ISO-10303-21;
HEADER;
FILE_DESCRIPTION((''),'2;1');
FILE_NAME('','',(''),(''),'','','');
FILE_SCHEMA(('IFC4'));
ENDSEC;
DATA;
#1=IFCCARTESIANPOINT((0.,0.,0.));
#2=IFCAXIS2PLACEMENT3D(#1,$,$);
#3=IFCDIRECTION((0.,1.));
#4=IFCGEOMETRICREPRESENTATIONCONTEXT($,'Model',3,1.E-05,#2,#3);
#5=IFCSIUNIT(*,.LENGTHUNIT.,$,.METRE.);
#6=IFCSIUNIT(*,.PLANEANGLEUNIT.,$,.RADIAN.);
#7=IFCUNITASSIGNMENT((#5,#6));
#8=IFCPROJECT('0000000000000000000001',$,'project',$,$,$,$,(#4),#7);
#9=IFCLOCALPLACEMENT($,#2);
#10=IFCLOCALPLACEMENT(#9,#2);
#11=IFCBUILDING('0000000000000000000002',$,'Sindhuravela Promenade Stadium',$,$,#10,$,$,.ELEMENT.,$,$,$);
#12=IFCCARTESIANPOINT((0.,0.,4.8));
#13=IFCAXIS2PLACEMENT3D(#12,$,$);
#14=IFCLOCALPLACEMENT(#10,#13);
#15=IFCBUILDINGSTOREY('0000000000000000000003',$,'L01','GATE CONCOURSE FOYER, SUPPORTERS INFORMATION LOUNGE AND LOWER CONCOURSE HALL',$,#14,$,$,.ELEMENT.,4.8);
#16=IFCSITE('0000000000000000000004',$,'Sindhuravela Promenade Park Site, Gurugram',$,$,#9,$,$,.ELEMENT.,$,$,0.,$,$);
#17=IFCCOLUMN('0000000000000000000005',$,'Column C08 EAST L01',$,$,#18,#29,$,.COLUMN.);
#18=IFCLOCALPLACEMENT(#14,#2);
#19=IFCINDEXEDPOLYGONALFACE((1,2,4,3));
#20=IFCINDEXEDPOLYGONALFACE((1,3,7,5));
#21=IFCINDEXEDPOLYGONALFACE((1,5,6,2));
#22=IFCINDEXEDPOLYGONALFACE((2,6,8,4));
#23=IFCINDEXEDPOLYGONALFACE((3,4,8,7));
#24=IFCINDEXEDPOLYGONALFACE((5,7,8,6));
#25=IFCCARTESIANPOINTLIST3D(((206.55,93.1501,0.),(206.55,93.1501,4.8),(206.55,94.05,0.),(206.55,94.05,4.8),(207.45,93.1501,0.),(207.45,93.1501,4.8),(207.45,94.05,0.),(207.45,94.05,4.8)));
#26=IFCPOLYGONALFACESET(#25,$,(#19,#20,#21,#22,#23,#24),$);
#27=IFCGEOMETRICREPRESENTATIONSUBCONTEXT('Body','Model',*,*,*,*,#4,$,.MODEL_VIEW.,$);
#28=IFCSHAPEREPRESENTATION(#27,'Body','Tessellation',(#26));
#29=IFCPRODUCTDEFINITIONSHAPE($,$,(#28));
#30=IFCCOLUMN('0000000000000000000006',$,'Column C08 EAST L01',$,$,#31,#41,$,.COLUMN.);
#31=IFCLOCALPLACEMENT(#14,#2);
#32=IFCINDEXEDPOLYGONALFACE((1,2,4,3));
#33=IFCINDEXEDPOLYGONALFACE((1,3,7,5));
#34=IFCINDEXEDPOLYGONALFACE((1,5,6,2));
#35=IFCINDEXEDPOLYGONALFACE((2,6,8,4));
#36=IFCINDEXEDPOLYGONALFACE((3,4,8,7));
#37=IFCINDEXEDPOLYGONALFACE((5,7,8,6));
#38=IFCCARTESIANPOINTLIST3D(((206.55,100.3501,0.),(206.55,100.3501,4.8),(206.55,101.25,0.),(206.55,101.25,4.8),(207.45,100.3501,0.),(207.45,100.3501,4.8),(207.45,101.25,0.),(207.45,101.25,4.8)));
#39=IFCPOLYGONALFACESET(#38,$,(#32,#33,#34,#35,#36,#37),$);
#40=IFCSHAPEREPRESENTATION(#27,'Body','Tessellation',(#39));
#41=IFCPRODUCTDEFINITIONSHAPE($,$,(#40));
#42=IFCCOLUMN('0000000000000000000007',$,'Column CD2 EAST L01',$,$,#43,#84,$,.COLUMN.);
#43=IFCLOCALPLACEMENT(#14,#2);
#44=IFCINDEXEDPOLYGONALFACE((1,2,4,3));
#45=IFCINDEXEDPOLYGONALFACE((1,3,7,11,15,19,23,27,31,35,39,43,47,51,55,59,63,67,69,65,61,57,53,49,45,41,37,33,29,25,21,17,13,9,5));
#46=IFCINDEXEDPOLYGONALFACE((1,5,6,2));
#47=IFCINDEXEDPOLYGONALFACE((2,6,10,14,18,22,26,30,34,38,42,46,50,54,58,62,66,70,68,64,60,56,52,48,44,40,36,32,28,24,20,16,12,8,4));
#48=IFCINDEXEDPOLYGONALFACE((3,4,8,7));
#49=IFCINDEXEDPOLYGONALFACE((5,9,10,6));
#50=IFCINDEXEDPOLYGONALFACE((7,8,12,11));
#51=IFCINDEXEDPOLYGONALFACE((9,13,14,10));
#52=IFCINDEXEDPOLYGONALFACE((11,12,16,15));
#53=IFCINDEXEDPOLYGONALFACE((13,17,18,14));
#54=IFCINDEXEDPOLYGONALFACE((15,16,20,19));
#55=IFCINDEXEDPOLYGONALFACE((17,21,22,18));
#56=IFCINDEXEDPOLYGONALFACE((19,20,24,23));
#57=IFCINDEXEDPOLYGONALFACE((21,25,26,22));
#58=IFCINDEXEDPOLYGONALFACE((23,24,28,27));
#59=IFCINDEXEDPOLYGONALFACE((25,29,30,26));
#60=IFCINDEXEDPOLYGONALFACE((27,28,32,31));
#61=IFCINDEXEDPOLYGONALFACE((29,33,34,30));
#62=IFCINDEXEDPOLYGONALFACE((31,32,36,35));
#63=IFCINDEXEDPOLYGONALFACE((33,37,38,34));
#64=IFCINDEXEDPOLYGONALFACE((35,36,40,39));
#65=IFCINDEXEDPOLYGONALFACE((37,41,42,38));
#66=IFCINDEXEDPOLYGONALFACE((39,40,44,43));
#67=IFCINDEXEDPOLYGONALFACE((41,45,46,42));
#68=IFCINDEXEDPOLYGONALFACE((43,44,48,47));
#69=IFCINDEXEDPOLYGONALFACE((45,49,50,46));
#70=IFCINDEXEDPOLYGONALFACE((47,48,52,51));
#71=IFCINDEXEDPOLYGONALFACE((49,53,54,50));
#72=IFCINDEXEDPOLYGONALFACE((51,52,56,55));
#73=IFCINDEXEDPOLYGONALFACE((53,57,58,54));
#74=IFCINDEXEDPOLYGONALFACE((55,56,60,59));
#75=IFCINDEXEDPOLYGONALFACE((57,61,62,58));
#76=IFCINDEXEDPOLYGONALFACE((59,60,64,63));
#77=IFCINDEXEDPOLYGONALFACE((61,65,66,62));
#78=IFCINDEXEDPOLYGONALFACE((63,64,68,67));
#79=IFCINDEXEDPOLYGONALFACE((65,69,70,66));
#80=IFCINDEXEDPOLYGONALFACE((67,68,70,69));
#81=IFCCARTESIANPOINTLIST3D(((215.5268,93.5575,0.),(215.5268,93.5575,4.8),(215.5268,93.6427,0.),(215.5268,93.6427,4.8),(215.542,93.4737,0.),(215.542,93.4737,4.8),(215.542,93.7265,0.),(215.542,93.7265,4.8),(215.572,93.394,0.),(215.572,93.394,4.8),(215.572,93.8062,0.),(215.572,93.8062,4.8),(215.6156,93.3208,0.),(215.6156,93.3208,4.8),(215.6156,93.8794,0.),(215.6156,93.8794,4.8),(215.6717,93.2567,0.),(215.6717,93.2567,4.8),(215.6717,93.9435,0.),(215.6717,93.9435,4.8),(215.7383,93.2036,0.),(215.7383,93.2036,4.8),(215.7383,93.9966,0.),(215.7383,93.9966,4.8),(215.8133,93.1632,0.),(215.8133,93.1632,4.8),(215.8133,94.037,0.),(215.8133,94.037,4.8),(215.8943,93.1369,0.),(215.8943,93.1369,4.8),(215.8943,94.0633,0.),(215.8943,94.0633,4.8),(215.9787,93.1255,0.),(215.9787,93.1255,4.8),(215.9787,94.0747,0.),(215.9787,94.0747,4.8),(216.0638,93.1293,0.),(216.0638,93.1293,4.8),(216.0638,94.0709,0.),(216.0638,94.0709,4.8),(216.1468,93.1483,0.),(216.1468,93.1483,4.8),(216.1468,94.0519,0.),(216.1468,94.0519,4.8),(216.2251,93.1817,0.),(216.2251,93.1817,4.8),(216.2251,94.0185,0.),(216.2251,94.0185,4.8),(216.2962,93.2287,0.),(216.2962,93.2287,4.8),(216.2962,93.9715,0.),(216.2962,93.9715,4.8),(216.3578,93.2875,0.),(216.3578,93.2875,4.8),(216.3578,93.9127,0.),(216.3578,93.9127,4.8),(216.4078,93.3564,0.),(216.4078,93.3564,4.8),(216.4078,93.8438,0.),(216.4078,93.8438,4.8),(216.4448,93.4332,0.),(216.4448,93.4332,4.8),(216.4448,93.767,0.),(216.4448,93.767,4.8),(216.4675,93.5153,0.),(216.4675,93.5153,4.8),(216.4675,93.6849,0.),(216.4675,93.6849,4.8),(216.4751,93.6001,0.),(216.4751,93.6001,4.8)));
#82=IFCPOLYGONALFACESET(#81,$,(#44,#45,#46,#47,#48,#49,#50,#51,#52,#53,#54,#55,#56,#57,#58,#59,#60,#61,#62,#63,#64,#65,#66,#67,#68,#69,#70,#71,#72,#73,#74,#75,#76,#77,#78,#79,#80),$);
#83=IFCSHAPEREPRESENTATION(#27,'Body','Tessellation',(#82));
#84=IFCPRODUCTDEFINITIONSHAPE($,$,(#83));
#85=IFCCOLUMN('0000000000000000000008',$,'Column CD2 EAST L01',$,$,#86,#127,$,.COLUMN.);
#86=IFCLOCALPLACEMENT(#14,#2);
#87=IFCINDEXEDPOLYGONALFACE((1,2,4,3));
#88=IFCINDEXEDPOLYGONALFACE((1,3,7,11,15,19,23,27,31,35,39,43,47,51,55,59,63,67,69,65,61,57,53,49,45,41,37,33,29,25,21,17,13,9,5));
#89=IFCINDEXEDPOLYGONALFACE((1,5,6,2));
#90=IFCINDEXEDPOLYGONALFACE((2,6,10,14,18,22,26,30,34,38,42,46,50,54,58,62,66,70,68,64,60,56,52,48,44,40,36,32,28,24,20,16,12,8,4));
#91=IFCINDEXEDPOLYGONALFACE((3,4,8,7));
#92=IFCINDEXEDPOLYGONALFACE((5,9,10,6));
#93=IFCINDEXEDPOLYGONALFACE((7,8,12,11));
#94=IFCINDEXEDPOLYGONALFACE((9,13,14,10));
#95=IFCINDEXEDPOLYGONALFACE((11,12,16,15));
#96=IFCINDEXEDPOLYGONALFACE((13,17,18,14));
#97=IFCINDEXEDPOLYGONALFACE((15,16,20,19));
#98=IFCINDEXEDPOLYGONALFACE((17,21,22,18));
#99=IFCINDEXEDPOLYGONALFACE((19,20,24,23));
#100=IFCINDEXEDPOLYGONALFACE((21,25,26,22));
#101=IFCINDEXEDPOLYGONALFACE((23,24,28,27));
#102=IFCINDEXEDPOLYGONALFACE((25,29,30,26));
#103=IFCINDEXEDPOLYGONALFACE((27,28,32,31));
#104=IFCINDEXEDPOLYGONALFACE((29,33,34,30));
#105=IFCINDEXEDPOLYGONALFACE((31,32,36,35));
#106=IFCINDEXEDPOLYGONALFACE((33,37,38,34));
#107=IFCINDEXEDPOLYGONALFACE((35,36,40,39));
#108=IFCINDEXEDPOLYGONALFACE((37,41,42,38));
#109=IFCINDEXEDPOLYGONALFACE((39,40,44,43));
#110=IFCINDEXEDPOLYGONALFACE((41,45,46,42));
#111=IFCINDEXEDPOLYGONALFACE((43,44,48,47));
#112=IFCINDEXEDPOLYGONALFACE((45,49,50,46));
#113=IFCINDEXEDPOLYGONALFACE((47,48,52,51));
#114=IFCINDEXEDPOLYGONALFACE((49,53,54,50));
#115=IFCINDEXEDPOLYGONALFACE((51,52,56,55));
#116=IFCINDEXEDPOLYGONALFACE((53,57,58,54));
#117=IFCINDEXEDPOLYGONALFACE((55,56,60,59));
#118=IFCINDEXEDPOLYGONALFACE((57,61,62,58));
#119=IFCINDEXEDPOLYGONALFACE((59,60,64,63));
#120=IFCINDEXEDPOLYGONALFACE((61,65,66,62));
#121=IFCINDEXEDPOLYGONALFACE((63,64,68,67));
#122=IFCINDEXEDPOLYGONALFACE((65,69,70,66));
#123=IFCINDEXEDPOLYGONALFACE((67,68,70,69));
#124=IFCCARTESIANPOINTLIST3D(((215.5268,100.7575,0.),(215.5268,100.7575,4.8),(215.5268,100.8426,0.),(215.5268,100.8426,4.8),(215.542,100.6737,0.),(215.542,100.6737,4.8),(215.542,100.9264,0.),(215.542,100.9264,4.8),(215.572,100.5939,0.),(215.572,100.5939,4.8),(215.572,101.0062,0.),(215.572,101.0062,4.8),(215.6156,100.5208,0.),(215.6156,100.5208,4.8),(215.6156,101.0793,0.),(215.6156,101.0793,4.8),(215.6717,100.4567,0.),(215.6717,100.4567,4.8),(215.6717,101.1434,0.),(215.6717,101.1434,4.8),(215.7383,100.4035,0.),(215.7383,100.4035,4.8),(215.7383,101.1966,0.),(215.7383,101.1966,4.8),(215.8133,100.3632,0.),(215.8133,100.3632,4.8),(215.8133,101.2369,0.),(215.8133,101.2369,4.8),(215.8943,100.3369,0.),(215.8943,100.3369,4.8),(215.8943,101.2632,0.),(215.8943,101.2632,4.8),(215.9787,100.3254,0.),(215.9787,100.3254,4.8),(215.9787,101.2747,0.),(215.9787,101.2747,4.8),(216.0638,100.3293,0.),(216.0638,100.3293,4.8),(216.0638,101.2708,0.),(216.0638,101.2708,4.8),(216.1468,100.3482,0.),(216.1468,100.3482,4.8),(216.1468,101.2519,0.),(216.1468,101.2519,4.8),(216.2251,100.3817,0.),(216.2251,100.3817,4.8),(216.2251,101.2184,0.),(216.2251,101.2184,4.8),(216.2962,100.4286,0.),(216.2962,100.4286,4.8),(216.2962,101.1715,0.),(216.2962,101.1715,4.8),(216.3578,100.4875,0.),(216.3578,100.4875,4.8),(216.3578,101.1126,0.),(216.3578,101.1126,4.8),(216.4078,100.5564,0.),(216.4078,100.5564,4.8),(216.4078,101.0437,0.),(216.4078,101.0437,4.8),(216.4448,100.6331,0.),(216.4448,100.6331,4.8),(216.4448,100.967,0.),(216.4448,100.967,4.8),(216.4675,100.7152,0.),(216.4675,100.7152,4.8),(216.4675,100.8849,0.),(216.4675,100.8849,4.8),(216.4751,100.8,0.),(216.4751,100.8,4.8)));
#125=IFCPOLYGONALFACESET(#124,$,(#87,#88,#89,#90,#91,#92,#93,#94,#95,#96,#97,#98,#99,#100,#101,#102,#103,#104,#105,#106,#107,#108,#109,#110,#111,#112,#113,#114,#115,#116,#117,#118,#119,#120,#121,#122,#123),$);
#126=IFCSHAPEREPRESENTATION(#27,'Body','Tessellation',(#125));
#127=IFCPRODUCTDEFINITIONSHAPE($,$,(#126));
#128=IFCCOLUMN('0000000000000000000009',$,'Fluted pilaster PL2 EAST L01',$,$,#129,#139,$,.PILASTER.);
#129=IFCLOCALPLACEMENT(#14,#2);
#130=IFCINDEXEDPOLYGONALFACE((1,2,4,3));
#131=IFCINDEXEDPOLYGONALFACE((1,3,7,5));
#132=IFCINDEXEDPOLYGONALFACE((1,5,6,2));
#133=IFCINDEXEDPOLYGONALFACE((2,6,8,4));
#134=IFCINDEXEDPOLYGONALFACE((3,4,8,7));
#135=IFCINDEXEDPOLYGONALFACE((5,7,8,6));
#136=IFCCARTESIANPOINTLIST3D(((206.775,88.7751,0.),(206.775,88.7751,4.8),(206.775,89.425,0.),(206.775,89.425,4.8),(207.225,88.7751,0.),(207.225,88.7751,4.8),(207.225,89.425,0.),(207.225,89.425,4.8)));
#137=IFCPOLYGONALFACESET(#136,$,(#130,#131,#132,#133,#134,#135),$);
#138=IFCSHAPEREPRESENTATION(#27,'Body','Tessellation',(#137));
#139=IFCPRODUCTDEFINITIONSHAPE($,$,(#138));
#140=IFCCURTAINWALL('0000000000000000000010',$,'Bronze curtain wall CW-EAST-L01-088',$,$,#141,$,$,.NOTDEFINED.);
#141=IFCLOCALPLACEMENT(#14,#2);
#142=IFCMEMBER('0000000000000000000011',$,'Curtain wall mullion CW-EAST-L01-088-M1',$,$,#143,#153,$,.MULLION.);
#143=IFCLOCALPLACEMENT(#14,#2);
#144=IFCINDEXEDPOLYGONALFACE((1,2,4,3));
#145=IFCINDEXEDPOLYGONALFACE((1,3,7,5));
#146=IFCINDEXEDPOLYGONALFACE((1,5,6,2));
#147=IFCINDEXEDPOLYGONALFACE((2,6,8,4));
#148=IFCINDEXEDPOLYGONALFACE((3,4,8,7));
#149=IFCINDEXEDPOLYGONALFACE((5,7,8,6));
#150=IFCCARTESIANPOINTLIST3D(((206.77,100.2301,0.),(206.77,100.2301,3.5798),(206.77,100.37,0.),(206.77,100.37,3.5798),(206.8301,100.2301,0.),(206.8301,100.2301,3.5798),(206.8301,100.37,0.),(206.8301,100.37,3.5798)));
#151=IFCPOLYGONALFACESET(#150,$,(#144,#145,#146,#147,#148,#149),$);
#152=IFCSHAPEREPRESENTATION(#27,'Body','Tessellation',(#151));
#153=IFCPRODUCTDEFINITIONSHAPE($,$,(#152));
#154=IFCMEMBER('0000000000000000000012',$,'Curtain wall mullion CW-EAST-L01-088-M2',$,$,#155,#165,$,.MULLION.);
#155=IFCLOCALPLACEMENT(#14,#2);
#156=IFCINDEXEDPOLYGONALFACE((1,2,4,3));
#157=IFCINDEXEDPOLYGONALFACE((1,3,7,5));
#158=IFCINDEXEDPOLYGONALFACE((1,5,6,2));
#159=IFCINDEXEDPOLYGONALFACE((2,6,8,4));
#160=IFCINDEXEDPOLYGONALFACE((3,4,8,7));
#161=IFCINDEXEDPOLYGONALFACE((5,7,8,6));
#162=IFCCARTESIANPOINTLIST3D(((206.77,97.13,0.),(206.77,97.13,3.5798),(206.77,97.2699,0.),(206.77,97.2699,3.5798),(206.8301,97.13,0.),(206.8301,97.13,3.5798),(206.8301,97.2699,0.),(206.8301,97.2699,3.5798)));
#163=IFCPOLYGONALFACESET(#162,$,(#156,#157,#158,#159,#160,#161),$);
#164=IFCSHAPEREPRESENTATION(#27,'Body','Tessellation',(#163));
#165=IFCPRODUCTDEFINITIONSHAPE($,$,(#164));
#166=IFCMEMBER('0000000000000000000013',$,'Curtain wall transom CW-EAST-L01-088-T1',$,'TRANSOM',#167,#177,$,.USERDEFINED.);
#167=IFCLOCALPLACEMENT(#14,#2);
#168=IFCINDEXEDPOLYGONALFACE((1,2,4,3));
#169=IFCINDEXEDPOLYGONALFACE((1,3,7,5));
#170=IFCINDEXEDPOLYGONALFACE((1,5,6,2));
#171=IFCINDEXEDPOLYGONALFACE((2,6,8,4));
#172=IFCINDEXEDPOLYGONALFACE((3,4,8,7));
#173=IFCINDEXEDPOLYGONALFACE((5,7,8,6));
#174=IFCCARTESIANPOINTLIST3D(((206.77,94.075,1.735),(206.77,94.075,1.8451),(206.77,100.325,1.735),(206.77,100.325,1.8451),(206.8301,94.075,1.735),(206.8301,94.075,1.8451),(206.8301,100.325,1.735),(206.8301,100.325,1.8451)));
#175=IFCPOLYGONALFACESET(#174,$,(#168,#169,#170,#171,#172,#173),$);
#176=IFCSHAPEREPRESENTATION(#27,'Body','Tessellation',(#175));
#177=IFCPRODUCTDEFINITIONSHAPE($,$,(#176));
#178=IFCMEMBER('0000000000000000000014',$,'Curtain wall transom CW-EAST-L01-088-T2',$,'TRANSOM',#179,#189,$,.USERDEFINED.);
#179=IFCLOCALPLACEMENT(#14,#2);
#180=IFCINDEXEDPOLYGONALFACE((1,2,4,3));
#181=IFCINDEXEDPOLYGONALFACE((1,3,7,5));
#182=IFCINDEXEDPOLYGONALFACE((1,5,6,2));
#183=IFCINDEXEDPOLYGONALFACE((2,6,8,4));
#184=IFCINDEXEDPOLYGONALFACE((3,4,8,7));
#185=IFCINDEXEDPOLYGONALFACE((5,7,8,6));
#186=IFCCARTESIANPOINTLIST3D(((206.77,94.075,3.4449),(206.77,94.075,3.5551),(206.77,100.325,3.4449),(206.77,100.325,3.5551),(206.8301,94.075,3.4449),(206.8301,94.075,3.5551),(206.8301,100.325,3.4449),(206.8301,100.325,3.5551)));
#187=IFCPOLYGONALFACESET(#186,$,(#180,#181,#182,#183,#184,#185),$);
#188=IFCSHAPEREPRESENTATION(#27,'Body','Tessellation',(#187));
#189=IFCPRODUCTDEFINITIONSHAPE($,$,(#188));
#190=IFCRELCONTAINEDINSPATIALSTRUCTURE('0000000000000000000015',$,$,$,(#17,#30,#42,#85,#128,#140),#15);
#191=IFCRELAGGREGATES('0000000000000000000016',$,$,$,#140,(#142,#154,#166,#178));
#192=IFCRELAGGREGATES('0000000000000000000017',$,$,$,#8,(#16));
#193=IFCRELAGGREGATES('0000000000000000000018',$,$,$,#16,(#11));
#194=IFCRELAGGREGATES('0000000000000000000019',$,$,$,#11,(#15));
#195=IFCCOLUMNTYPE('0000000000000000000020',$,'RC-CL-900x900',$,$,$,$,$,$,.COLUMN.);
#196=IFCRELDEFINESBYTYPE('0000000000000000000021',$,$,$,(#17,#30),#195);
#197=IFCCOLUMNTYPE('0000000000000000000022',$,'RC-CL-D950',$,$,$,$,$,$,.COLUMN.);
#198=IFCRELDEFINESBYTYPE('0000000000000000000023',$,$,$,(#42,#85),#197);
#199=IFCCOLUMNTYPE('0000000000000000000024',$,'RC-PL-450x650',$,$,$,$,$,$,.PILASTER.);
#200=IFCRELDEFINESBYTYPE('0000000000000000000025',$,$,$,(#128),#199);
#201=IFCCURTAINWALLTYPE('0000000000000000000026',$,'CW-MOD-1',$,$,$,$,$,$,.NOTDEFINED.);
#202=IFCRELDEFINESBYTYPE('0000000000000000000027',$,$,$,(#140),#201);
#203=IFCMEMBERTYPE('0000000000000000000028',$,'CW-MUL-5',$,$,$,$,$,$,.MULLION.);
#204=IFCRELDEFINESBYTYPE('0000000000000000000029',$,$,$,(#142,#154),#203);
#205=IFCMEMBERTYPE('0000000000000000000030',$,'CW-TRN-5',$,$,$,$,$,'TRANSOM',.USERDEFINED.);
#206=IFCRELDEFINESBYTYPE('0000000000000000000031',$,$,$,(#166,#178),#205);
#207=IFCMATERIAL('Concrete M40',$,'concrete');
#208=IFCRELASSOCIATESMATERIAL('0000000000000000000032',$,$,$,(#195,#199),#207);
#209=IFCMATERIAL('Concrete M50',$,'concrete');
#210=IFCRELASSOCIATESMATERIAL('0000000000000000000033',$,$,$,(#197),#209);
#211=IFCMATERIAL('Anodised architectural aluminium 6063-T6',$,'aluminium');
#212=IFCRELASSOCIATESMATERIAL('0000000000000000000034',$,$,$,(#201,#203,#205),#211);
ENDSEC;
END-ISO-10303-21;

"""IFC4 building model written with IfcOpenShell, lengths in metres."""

from ifc_helpers import new_model, si_unit, direction, frame, origin, origin_2d, place, context, subcontext, project, spatial, rectangle, circle, extrude, material, material_profile, profile_set, type_object, element, aggregate, save


model = new_model("IFC4")

# Units and contexts
model_context = context("Model", 3, precision=1e-05, world=origin(), true_north=direction((0.0, 1.0)))
body_context = subcontext(model_context, "Body", "Model", "MODEL_VIEW")
ifc_project = project(units=[si_unit("LENGTHUNIT", "METRE"), si_unit("PLANEANGLEUNIT", "RADIAN")], contexts=[model_context])

# Site, building, storey
site_placement = place(None, origin())
site = spatial("IfcSite", under=ifc_project, at=site_placement, Name="Sindhuravela Promenade Park Site, Gurugram", CompositionType="ELEMENT", RefElevation=0.0)
building_placement = place(site_placement, origin())
building = spatial("IfcBuilding", under=site, at=building_placement, Name="Sindhuravela Promenade Stadium", CompositionType="ELEMENT")
storey_placement = place(building_placement, frame((0.0, 0.0, 4.8)))
storey = spatial("IfcBuildingStorey", under=building, at=storey_placement, Name="L01", Description="GATE CONCOURSE FOYER, SUPPORTERS INFORMATION LOUNGE AND LOWER CONCOURSE HALL", CompositionType="ELEMENT", Elevation=4.8)

# Columns
ifc_material_1 = material(Name="Concrete M40", Category="concrete")
ifc_material_profile_1 = material_profile(ifc_material_1, rectangle(XDim=0.8999, YDim=0.8999, at=origin_2d()), Name="RC 900x900")
ifc_profile_set_1 = profile_set([ifc_material_profile_1], Name="Concrete M40")
column_type_1 = type_object("IfcColumnType", Name="RC-CL-900x900", PredefinedType="COLUMN", material=ifc_profile_set_1)
for number, where, z_axis, x_axis, name in (
    (1, (207.0, 93.6001, 0.0), (0.0, 0.0, 1.0), (1.0, 0.0, 0.0), "Column C08 EAST L01"),
    (2, (207.0, 100.8, 0.0), (0.0, 0.0, 1.0), (1.0, 0.0, 0.0), "Column C08 EAST L01"),
):
    element("IfcColumn", number, at=place(storey_placement, frame(where, z_axis=z_axis, x_axis=x_axis)), inside=storey, type_object=column_type_1, Name=name, PredefinedType="COLUMN", context=body_context, shape_type="SweptSolid", body=[
        extrude(rectangle(XDim=0.8999, YDim=0.8999, at=origin_2d()), origin(), (0.0, 0.0, 1.0), 4.8),
    ])
ifc_material_2 = material(Name="Concrete M50", Category="concrete")
ifc_material_profile_2 = material_profile(ifc_material_2, circle(Radius=0.4751, at=origin_2d()), Name="RC D950")
ifc_profile_set_2 = profile_set([ifc_material_profile_2], Name="Concrete M50")
column_type_2 = type_object("IfcColumnType", Name="RC-CL-D950", PredefinedType="COLUMN", material=ifc_profile_set_2)
for number, where, z_axis, x_axis, name in (
    (3, (216.0, 93.6001, 0.0), (0.0, 0.0, 1.0), (1.0, 0.0, 0.0), "Column CD2 EAST L01"),
    (4, (216.0, 100.8, 0.0), (0.0, 0.0, 1.0), (1.0, 0.0, 0.0), "Column CD2 EAST L01"),
):
    element("IfcColumn", number, at=place(storey_placement, frame(where, z_axis=z_axis, x_axis=x_axis)), inside=storey, type_object=column_type_2, Name=name, PredefinedType="COLUMN", context=body_context, shape_type="SweptSolid", body=[
        extrude(circle(Radius=0.4751, at=origin_2d()), origin(), (0.0, 0.0, 1.0), 4.8),
    ])
ifc_material_profile_3 = material_profile(ifc_material_1, rectangle(XDim=0.45, YDim=0.6499, at=origin_2d()), Name="PIL 450x650")
ifc_profile_set_3 = profile_set([ifc_material_profile_3], Name="Concrete M40")
column_type_3 = type_object("IfcColumnType", Name="RC-PL-450x650", PredefinedType="PILASTER", material=ifc_profile_set_3)
column_placement = place(storey_placement, frame((207.0, 89.1001, 0.0), z_axis=(0.0, 0.0, 1.0), x_axis=(1.0, 0.0, 0.0)))
element("IfcColumn", 5, at=column_placement, inside=storey, type_object=column_type_3, Name="Fluted pilaster PL2 EAST L01", PredefinedType="PILASTER", context=body_context, shape_type="SweptSolid", body=[
    extrude(rectangle(XDim=0.45, YDim=0.6499, at=origin_2d()), origin(), (0.0, 0.0, 1.0), 4.8),
])

# Curtain wall, members
ifc_material_3 = material(Name="Anodised architectural aluminium 6063-T6", Category="aluminium")
curtain_wall_type = type_object("IfcCurtainWallType", Name="CW-MOD-1", PredefinedType="NOTDEFINED", material=ifc_material_3)
curtain_wall_placement = place(storey_placement, origin())
curtain_wall = element("IfcCurtainWall", 6, at=curtain_wall_placement, inside=storey, type_object=curtain_wall_type, Name="Bronze curtain wall CW-EAST-L01-088", PredefinedType="NOTDEFINED")
ifc_material_profile_4 = material_profile(ifc_material_3, rectangle(XDim=0.0601, YDim=0.1399, at=origin_2d()), Name="ALU M60x140")
ifc_profile_set_4 = profile_set([ifc_material_profile_4], Name="Anodised architectural aluminium 6063-T6")
member_type_1 = type_object("IfcMemberType", Name="CW-MUL-5", PredefinedType="MULLION", material=ifc_profile_set_4)
member_1_placement = place(storey_placement, frame((206.8, 100.3, 0.0), z_axis=(0.0, 0.0, 1.0), x_axis=(1.0, 0.0, 0.0)))
member_1 = element("IfcMember", 7, at=member_1_placement, type_object=member_type_1, Name="Curtain wall mullion CW-EAST-L01-088-M1", PredefinedType="MULLION", context=body_context, shape_type="SweptSolid", body=[
    extrude(rectangle(XDim=0.0601, YDim=0.1399, at=origin_2d()), origin(), (0.0, 0.0, 1.0), 3.5798),
])
member_2_placement = place(storey_placement, frame((206.8, 97.2, 0.0), z_axis=(0.0, 0.0, 1.0), x_axis=(1.0, 0.0, 0.0)))
member_2 = element("IfcMember", 8, at=member_2_placement, type_object=member_type_1, Name="Curtain wall mullion CW-EAST-L01-088-M2", PredefinedType="MULLION", context=body_context, shape_type="SweptSolid", body=[
    extrude(rectangle(XDim=0.0601, YDim=0.1399, at=origin_2d()), origin(), (0.0, 0.0, 1.0), 3.5798),
])
ifc_material_profile_5 = material_profile(ifc_material_3, rectangle(XDim=0.0601, YDim=0.1101, at=origin_2d()), Name="ALU T60x110")
ifc_profile_set_5 = profile_set([ifc_material_profile_5], Name="Anodised architectural aluminium 6063-T6")
member_type_2 = type_object("IfcMemberType", Name="CW-TRN-5", ElementType="TRANSOM", PredefinedType="USERDEFINED", material=ifc_profile_set_5)
member_3_placement = place(storey_placement, frame((206.8, 100.325, 1.79), z_axis=(0.0, -1.0, 0.0), x_axis=(1.0, 0.0, 0.0)))
member_3 = element("IfcMember", 9, at=member_3_placement, type_object=member_type_2, Name="Curtain wall transom CW-EAST-L01-088-T1", ObjectType="TRANSOM", PredefinedType="USERDEFINED", context=body_context, shape_type="SweptSolid", body=[
    extrude(rectangle(XDim=0.0601, YDim=0.1101, at=origin_2d()), origin(), (0.0, 0.0, 1.0), 6.25),
])
member_4_placement = place(storey_placement, frame((206.8, 100.325, 3.5), z_axis=(0.0, -1.0, 0.0), x_axis=(1.0, 0.0, 0.0)))
member_4 = element("IfcMember", 10, at=member_4_placement, type_object=member_type_2, Name="Curtain wall transom CW-EAST-L01-088-T2", ObjectType="TRANSOM", PredefinedType="USERDEFINED", context=body_context, shape_type="SweptSolid", body=[
    extrude(rectangle(XDim=0.0601, YDim=0.1101, at=origin_2d()), origin(), (0.0, 0.0, 1.0), 6.25),
])

aggregate(curtain_wall, [member_1, member_2, member_3, member_4])

save(model, "model.ifc")
